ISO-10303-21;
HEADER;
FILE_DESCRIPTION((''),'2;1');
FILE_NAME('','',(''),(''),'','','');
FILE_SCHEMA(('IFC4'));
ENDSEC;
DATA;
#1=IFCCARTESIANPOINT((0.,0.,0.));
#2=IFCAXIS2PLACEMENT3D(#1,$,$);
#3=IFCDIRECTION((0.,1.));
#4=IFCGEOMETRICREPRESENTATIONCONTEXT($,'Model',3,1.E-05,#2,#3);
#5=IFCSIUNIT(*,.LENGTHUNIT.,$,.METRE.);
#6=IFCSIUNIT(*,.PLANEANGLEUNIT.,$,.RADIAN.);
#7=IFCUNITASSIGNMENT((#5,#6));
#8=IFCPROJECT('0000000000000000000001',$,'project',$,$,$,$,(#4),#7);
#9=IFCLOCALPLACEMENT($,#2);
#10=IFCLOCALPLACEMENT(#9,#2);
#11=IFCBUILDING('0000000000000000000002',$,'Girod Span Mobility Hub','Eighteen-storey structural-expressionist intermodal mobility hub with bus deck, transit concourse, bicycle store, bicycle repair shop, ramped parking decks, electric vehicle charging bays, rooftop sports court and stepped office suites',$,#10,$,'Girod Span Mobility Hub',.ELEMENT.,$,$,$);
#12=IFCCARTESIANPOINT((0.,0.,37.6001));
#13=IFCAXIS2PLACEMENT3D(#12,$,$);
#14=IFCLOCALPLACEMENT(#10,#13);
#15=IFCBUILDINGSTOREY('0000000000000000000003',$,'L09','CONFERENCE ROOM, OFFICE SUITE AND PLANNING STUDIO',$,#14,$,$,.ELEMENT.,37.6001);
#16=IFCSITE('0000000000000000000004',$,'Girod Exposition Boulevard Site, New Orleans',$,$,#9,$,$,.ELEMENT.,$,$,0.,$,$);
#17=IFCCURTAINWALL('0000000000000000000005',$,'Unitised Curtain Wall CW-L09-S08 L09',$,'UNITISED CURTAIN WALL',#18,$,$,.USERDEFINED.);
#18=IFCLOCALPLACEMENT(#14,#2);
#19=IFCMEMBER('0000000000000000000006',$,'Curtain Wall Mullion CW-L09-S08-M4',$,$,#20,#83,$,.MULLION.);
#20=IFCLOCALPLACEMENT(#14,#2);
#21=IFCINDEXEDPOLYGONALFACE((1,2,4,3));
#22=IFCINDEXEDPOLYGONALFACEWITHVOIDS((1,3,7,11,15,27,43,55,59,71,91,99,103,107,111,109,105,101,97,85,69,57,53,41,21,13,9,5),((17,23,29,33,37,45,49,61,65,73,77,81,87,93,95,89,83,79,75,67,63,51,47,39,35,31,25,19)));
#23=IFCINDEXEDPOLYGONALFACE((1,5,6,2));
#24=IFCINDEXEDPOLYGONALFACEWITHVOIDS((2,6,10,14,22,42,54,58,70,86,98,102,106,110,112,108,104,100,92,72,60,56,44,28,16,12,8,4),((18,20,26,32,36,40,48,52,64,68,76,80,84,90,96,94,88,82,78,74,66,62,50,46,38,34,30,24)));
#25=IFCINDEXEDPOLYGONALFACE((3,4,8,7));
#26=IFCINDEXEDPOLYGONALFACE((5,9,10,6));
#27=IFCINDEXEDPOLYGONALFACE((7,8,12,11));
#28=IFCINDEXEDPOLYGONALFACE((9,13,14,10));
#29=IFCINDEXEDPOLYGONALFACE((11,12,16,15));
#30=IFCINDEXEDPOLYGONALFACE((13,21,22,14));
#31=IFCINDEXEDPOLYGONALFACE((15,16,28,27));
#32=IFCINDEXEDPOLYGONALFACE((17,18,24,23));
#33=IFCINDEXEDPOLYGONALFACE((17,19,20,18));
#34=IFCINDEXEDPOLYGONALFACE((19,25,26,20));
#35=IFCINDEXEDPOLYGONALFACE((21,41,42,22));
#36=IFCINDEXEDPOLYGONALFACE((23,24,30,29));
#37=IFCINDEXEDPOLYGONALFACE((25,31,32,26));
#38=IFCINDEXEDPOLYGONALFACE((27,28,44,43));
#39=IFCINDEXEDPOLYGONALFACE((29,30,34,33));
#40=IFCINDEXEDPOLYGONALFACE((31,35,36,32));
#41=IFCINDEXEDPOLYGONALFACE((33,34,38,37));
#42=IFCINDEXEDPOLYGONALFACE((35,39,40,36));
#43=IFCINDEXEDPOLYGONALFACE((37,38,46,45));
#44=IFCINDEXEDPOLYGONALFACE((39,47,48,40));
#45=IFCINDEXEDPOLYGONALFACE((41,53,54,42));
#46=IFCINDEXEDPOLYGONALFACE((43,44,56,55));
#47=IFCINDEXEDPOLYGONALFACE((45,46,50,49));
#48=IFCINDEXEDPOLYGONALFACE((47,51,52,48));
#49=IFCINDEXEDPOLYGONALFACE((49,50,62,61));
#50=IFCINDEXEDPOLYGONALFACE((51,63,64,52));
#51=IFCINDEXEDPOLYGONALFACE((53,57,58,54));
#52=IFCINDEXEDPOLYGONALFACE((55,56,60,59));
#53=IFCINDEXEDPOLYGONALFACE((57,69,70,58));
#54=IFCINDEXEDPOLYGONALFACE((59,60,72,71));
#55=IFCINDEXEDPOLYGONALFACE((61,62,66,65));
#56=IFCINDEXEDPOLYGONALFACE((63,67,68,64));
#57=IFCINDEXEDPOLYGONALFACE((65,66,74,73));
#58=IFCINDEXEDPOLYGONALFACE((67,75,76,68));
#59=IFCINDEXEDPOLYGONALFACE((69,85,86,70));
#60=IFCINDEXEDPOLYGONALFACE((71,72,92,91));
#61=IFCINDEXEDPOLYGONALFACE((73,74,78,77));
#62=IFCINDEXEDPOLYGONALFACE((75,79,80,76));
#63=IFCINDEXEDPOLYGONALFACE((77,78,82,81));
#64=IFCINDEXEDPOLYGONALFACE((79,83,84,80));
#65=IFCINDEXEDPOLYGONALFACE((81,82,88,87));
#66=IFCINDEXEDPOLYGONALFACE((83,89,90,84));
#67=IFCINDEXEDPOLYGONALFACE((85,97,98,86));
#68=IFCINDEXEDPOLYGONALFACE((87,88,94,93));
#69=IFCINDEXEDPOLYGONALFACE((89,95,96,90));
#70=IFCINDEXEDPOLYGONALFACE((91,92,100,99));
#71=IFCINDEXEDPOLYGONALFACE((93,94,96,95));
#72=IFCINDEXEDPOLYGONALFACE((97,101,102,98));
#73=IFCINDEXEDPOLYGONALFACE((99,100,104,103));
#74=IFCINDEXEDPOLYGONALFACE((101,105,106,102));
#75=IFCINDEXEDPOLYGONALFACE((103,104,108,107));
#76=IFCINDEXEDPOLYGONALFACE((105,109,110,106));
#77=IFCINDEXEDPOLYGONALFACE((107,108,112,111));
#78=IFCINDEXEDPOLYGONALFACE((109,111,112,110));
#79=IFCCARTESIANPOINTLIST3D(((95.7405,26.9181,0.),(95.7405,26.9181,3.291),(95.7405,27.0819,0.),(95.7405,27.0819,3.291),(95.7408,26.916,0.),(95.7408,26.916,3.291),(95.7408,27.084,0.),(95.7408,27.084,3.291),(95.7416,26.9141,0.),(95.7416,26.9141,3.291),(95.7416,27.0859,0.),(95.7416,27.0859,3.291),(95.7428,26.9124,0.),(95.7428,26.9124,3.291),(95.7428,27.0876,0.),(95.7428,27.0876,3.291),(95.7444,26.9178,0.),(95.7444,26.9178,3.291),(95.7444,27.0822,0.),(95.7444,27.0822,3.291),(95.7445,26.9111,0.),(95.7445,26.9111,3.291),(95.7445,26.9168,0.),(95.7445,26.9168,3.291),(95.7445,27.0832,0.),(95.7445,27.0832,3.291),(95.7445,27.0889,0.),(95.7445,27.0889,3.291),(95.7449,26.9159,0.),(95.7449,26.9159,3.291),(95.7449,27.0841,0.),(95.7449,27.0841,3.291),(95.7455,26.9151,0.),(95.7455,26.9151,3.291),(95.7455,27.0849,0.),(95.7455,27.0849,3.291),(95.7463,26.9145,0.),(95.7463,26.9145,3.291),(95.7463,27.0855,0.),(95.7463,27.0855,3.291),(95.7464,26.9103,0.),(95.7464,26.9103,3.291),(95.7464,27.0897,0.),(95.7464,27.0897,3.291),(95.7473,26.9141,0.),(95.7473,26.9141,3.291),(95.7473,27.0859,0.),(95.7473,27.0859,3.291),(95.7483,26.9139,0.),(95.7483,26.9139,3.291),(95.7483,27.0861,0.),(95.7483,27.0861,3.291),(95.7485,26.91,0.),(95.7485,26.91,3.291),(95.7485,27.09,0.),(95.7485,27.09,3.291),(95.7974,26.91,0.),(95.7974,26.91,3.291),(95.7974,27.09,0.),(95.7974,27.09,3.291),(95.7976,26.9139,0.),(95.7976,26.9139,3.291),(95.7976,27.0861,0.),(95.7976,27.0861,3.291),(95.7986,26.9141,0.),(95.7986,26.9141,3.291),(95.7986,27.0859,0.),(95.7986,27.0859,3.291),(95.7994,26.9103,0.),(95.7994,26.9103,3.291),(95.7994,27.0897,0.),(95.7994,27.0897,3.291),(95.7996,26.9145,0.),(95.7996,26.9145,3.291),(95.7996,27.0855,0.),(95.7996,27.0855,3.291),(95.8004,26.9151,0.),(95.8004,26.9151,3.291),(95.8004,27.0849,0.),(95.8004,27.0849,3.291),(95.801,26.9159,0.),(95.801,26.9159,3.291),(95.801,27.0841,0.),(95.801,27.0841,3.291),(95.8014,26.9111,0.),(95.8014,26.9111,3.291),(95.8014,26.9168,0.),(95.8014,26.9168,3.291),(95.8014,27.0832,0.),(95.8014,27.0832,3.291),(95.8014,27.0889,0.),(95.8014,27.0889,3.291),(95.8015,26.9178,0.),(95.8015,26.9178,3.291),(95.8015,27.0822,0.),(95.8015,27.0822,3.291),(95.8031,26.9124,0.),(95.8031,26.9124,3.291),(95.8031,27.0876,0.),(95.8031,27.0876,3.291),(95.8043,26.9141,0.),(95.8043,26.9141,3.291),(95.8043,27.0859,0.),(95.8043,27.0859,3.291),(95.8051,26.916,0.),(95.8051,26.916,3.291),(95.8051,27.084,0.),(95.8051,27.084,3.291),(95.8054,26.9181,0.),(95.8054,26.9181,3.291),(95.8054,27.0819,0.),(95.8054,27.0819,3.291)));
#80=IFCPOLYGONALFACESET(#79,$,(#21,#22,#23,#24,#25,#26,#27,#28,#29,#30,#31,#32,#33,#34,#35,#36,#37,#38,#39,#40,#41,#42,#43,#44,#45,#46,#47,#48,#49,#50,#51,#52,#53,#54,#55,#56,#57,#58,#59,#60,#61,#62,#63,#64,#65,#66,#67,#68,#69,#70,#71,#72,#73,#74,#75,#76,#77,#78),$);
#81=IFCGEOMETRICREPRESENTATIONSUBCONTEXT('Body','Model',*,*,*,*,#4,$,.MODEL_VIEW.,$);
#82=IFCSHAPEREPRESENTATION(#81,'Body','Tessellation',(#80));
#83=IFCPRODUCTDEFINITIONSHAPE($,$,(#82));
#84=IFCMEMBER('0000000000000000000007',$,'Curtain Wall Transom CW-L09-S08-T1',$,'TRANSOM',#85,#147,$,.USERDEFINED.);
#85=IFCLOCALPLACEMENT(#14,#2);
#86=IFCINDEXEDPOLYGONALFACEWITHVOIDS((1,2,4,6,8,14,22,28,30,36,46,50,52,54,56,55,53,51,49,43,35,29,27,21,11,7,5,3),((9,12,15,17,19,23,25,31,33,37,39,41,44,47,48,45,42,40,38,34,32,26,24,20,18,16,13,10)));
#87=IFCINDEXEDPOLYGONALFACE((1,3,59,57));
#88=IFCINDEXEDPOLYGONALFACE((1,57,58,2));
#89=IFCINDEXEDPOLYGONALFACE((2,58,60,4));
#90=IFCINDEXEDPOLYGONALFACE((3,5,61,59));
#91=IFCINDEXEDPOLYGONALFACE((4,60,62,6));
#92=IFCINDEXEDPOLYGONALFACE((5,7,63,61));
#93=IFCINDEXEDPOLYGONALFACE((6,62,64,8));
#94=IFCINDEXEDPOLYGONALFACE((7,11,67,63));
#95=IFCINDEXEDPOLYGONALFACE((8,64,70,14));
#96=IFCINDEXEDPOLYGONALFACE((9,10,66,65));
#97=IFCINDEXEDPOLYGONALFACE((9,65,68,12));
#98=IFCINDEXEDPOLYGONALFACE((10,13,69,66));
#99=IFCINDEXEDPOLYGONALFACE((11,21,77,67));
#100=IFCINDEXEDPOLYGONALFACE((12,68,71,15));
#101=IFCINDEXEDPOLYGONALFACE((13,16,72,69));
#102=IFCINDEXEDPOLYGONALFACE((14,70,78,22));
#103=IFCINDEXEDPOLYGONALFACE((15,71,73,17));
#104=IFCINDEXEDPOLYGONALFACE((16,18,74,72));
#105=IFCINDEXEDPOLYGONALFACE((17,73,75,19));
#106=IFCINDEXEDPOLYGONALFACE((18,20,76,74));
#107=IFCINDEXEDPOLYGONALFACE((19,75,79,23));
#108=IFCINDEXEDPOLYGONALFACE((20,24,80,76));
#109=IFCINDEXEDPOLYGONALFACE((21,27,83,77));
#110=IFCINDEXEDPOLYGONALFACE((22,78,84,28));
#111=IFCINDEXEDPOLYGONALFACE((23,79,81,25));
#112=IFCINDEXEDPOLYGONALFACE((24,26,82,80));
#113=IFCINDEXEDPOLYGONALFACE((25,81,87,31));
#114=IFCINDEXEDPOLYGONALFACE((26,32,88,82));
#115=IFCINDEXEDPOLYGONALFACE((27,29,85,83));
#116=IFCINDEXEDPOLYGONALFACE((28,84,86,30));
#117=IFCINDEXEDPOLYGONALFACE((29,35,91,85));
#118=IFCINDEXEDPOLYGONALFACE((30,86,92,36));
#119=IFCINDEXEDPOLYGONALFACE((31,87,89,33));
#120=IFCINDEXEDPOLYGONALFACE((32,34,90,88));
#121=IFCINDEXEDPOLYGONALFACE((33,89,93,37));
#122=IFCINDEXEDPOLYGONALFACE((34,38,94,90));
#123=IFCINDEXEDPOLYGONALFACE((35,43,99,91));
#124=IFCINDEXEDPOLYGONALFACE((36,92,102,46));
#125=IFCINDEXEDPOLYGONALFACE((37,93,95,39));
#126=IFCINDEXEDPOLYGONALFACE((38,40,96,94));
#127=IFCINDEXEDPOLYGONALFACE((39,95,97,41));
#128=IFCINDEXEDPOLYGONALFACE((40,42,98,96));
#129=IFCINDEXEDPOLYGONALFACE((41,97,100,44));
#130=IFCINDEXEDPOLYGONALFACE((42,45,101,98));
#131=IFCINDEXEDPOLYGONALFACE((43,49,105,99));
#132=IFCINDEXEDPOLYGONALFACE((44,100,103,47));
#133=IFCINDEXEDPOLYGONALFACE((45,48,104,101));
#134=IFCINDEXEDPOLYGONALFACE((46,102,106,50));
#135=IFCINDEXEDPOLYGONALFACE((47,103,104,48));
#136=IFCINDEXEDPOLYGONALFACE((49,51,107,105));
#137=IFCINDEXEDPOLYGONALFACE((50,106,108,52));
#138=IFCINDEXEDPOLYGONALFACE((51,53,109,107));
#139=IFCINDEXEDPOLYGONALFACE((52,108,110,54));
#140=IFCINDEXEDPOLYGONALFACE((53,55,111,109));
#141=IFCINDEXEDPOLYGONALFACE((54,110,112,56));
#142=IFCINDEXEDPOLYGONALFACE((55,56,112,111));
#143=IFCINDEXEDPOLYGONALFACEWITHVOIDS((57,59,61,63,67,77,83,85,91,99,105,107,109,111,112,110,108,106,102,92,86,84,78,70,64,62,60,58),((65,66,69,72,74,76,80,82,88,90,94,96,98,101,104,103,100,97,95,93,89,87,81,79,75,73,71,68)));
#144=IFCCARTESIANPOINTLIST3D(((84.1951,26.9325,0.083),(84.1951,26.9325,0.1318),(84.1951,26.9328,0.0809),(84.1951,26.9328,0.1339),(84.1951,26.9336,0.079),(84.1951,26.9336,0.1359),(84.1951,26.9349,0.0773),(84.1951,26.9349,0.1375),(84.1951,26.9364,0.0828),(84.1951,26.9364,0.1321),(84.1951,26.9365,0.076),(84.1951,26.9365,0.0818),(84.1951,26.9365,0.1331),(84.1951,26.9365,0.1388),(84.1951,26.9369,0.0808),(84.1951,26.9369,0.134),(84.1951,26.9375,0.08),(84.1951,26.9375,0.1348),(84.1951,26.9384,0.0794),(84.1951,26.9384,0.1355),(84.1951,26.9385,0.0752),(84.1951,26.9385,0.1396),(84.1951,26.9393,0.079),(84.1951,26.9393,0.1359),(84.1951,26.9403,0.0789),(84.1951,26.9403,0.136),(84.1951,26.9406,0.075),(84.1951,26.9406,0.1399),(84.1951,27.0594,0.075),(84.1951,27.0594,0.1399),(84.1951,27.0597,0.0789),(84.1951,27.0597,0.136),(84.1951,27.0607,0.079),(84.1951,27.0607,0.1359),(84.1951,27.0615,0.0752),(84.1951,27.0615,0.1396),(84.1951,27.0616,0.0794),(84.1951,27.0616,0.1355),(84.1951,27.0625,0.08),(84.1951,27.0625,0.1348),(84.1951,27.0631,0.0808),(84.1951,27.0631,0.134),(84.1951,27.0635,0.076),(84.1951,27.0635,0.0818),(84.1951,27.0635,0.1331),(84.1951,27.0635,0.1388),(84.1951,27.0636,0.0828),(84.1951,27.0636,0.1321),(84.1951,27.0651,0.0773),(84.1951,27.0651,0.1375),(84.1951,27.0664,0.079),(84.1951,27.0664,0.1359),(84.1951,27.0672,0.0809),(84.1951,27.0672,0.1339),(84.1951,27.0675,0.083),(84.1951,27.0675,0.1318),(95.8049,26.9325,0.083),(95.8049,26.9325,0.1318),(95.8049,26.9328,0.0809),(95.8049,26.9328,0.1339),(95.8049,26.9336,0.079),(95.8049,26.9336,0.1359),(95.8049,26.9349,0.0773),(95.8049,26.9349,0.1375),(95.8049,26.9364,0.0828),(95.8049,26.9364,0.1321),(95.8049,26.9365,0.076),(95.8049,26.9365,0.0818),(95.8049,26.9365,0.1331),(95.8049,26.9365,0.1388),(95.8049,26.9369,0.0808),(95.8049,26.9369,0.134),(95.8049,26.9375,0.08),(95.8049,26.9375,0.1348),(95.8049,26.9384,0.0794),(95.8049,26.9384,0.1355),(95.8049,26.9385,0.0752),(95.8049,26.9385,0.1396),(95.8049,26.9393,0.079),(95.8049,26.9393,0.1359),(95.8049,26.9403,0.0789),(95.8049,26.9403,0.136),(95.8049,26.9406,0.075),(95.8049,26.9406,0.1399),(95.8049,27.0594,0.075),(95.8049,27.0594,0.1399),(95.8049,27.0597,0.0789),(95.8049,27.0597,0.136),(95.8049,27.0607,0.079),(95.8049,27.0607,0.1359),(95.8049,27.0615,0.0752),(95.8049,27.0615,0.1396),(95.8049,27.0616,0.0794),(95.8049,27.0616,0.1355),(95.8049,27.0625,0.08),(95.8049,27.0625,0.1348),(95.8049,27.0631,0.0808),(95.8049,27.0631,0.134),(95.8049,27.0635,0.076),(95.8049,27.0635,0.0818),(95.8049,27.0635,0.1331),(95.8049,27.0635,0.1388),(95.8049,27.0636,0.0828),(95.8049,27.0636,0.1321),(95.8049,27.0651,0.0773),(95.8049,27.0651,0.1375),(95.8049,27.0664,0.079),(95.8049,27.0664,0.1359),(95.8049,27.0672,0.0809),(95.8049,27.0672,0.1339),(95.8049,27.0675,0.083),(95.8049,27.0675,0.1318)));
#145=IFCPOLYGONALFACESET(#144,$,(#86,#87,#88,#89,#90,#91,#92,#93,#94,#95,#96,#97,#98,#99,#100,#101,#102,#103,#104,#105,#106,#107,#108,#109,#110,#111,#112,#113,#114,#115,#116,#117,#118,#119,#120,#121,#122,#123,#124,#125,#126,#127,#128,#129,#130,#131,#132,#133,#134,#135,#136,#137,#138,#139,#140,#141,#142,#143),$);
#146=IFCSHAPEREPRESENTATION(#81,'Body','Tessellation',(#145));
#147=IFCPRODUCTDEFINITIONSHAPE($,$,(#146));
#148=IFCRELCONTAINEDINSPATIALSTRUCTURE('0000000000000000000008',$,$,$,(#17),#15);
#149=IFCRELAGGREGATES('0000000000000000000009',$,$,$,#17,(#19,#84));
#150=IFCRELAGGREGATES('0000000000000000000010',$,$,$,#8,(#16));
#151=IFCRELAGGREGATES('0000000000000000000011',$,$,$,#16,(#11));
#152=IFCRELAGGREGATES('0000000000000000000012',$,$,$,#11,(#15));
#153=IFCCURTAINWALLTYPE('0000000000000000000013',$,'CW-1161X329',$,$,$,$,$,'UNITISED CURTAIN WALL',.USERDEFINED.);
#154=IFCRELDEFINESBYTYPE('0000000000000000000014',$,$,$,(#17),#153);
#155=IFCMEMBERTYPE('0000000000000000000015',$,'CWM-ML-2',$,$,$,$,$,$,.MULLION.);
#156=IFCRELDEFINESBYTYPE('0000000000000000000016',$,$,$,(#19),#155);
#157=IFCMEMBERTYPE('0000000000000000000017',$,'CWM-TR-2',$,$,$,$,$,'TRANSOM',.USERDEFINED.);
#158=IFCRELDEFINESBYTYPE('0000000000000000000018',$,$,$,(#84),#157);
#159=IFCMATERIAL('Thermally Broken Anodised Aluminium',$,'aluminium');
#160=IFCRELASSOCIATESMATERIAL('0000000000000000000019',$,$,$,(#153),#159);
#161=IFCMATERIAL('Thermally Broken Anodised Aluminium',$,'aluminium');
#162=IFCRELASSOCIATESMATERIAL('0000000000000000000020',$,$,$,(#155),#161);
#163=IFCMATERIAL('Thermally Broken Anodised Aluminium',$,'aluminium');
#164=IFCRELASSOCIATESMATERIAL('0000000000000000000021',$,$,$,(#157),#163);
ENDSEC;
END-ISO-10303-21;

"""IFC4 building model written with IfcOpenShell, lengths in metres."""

from ifc_helpers import new_model, si_unit, direction, frame, origin, origin_2d, place, context, subcontext, project, spatial, hollow_rectangle, extrude, material, material_profile, profile_set, type_object, element, aggregate, save


model = new_model("IFC4")

# Units and contexts
model_context = context("Model", 3, precision=1e-05, world=origin(), true_north=direction((0.0, 1.0)))
body_context = subcontext(model_context, "Body", "Model", "MODEL_VIEW")
ifc_project = project(units=[si_unit("LENGTHUNIT", "METRE"), si_unit("PLANEANGLEUNIT", "RADIAN")], contexts=[model_context])

# Site, building, storey
site_placement = place(None, origin())
site = spatial("IfcSite", under=ifc_project, at=site_placement, Name="Girod Exposition Boulevard Site, New Orleans", CompositionType="ELEMENT", RefElevation=0.0)
building_placement = place(site_placement, origin())
building = spatial("IfcBuilding", under=site, at=building_placement, Name="Girod Span Mobility Hub", Description="Eighteen-storey structural-expressionist intermodal mobility hub with bus deck, transit concourse, bicycle store, bicycle repair shop, ramped parking decks, electric vehicle charging bays, rooftop sports court and stepped office suites", LongName="Girod Span Mobility Hub", CompositionType="ELEMENT")
storey_placement = place(building_placement, frame((0.0, 0.0, 37.6001)))
storey = spatial("IfcBuildingStorey", under=building, at=storey_placement, Name="L09", Description="CONFERENCE ROOM, OFFICE SUITE AND PLANNING STUDIO", CompositionType="ELEMENT", Elevation=37.6001)

# Curtain wall, members
ifc_material_1 = material(Name="Thermally Broken Anodised Aluminium", Category="aluminium")
curtain_wall_type = type_object("IfcCurtainWallType", Name="CW-1161X329", ElementType="UNITISED CURTAIN WALL", PredefinedType="USERDEFINED", material=ifc_material_1)
curtain_wall_placement = place(storey_placement, origin())
curtain_wall = element("IfcCurtainWall", 1, at=curtain_wall_placement, inside=storey, type_object=curtain_wall_type, Name="Unitised Curtain Wall CW-L09-S08 L09", ObjectType="UNITISED CURTAIN WALL", PredefinedType="USERDEFINED")
ifc_material_2 = material(Name="Thermally Broken Anodised Aluminium", Category="aluminium")
ifc_material_profile_1 = material_profile(ifc_material_2, hollow_rectangle(XDim=0.1799, YDim=0.0649, WallThickness=0.0039, InnerFilletRadius=0.0039, OuterFilletRadius=0.0081, at=origin_2d()), Name="CW-ML-65X180")
ifc_profile_set_1 = profile_set([ifc_material_profile_1], Name="Thermally Broken Anodised Aluminium")
member_type_1 = type_object("IfcMemberType", Name="CWM-ML-2", PredefinedType="MULLION", material=ifc_profile_set_1)
member_1_placement = place(storey_placement, frame((95.7729, 27.0, 0.0), z_axis=(0.0, 0.0, 1.0), x_axis=(0.0, 1.0, 0.0)))
member_1 = element("IfcMember", 2, at=member_1_placement, type_object=member_type_1, Name="Curtain Wall Mullion CW-L09-S08-M4", PredefinedType="MULLION", context=body_context, shape_type="SweptSolid", body=[
    extrude(hollow_rectangle(XDim=0.1799, YDim=0.0649, WallThickness=0.0039, InnerFilletRadius=0.0039, OuterFilletRadius=0.0081, at=origin_2d()), origin(), (0.0, 0.0, 1.0), 3.291),
])
ifc_material_3 = material(Name="Thermally Broken Anodised Aluminium", Category="aluminium")
ifc_material_profile_2 = material_profile(ifc_material_3, hollow_rectangle(XDim=0.135, YDim=0.0649, WallThickness=0.0039, InnerFilletRadius=0.0039, OuterFilletRadius=0.0081, at=origin_2d()), Name="CW-TR-65X135")
ifc_profile_set_2 = profile_set([ifc_material_profile_2], Name="Thermally Broken Anodised Aluminium")
member_type_2 = type_object("IfcMemberType", Name="CWM-TR-2", ElementType="TRANSOM", PredefinedType="USERDEFINED", material=ifc_profile_set_2)
member_2_placement = place(storey_placement, frame((84.1951, 27.0, 0.1074), z_axis=(1.0, 0.0, 0.0), x_axis=(0.0, 1.0, 0.0)))
member_2 = element("IfcMember", 3, at=member_2_placement, type_object=member_type_2, Name="Curtain Wall Transom CW-L09-S08-T1", ObjectType="TRANSOM", PredefinedType="USERDEFINED", context=body_context, shape_type="SweptSolid", body=[
    extrude(hollow_rectangle(XDim=0.135, YDim=0.0649, WallThickness=0.0039, InnerFilletRadius=0.0039, OuterFilletRadius=0.0081, at=origin_2d()), origin(), (0.0, 0.0, 1.0), 11.6099),
])

aggregate(curtain_wall, [member_1, member_2])

save(model, "model.ifc")
